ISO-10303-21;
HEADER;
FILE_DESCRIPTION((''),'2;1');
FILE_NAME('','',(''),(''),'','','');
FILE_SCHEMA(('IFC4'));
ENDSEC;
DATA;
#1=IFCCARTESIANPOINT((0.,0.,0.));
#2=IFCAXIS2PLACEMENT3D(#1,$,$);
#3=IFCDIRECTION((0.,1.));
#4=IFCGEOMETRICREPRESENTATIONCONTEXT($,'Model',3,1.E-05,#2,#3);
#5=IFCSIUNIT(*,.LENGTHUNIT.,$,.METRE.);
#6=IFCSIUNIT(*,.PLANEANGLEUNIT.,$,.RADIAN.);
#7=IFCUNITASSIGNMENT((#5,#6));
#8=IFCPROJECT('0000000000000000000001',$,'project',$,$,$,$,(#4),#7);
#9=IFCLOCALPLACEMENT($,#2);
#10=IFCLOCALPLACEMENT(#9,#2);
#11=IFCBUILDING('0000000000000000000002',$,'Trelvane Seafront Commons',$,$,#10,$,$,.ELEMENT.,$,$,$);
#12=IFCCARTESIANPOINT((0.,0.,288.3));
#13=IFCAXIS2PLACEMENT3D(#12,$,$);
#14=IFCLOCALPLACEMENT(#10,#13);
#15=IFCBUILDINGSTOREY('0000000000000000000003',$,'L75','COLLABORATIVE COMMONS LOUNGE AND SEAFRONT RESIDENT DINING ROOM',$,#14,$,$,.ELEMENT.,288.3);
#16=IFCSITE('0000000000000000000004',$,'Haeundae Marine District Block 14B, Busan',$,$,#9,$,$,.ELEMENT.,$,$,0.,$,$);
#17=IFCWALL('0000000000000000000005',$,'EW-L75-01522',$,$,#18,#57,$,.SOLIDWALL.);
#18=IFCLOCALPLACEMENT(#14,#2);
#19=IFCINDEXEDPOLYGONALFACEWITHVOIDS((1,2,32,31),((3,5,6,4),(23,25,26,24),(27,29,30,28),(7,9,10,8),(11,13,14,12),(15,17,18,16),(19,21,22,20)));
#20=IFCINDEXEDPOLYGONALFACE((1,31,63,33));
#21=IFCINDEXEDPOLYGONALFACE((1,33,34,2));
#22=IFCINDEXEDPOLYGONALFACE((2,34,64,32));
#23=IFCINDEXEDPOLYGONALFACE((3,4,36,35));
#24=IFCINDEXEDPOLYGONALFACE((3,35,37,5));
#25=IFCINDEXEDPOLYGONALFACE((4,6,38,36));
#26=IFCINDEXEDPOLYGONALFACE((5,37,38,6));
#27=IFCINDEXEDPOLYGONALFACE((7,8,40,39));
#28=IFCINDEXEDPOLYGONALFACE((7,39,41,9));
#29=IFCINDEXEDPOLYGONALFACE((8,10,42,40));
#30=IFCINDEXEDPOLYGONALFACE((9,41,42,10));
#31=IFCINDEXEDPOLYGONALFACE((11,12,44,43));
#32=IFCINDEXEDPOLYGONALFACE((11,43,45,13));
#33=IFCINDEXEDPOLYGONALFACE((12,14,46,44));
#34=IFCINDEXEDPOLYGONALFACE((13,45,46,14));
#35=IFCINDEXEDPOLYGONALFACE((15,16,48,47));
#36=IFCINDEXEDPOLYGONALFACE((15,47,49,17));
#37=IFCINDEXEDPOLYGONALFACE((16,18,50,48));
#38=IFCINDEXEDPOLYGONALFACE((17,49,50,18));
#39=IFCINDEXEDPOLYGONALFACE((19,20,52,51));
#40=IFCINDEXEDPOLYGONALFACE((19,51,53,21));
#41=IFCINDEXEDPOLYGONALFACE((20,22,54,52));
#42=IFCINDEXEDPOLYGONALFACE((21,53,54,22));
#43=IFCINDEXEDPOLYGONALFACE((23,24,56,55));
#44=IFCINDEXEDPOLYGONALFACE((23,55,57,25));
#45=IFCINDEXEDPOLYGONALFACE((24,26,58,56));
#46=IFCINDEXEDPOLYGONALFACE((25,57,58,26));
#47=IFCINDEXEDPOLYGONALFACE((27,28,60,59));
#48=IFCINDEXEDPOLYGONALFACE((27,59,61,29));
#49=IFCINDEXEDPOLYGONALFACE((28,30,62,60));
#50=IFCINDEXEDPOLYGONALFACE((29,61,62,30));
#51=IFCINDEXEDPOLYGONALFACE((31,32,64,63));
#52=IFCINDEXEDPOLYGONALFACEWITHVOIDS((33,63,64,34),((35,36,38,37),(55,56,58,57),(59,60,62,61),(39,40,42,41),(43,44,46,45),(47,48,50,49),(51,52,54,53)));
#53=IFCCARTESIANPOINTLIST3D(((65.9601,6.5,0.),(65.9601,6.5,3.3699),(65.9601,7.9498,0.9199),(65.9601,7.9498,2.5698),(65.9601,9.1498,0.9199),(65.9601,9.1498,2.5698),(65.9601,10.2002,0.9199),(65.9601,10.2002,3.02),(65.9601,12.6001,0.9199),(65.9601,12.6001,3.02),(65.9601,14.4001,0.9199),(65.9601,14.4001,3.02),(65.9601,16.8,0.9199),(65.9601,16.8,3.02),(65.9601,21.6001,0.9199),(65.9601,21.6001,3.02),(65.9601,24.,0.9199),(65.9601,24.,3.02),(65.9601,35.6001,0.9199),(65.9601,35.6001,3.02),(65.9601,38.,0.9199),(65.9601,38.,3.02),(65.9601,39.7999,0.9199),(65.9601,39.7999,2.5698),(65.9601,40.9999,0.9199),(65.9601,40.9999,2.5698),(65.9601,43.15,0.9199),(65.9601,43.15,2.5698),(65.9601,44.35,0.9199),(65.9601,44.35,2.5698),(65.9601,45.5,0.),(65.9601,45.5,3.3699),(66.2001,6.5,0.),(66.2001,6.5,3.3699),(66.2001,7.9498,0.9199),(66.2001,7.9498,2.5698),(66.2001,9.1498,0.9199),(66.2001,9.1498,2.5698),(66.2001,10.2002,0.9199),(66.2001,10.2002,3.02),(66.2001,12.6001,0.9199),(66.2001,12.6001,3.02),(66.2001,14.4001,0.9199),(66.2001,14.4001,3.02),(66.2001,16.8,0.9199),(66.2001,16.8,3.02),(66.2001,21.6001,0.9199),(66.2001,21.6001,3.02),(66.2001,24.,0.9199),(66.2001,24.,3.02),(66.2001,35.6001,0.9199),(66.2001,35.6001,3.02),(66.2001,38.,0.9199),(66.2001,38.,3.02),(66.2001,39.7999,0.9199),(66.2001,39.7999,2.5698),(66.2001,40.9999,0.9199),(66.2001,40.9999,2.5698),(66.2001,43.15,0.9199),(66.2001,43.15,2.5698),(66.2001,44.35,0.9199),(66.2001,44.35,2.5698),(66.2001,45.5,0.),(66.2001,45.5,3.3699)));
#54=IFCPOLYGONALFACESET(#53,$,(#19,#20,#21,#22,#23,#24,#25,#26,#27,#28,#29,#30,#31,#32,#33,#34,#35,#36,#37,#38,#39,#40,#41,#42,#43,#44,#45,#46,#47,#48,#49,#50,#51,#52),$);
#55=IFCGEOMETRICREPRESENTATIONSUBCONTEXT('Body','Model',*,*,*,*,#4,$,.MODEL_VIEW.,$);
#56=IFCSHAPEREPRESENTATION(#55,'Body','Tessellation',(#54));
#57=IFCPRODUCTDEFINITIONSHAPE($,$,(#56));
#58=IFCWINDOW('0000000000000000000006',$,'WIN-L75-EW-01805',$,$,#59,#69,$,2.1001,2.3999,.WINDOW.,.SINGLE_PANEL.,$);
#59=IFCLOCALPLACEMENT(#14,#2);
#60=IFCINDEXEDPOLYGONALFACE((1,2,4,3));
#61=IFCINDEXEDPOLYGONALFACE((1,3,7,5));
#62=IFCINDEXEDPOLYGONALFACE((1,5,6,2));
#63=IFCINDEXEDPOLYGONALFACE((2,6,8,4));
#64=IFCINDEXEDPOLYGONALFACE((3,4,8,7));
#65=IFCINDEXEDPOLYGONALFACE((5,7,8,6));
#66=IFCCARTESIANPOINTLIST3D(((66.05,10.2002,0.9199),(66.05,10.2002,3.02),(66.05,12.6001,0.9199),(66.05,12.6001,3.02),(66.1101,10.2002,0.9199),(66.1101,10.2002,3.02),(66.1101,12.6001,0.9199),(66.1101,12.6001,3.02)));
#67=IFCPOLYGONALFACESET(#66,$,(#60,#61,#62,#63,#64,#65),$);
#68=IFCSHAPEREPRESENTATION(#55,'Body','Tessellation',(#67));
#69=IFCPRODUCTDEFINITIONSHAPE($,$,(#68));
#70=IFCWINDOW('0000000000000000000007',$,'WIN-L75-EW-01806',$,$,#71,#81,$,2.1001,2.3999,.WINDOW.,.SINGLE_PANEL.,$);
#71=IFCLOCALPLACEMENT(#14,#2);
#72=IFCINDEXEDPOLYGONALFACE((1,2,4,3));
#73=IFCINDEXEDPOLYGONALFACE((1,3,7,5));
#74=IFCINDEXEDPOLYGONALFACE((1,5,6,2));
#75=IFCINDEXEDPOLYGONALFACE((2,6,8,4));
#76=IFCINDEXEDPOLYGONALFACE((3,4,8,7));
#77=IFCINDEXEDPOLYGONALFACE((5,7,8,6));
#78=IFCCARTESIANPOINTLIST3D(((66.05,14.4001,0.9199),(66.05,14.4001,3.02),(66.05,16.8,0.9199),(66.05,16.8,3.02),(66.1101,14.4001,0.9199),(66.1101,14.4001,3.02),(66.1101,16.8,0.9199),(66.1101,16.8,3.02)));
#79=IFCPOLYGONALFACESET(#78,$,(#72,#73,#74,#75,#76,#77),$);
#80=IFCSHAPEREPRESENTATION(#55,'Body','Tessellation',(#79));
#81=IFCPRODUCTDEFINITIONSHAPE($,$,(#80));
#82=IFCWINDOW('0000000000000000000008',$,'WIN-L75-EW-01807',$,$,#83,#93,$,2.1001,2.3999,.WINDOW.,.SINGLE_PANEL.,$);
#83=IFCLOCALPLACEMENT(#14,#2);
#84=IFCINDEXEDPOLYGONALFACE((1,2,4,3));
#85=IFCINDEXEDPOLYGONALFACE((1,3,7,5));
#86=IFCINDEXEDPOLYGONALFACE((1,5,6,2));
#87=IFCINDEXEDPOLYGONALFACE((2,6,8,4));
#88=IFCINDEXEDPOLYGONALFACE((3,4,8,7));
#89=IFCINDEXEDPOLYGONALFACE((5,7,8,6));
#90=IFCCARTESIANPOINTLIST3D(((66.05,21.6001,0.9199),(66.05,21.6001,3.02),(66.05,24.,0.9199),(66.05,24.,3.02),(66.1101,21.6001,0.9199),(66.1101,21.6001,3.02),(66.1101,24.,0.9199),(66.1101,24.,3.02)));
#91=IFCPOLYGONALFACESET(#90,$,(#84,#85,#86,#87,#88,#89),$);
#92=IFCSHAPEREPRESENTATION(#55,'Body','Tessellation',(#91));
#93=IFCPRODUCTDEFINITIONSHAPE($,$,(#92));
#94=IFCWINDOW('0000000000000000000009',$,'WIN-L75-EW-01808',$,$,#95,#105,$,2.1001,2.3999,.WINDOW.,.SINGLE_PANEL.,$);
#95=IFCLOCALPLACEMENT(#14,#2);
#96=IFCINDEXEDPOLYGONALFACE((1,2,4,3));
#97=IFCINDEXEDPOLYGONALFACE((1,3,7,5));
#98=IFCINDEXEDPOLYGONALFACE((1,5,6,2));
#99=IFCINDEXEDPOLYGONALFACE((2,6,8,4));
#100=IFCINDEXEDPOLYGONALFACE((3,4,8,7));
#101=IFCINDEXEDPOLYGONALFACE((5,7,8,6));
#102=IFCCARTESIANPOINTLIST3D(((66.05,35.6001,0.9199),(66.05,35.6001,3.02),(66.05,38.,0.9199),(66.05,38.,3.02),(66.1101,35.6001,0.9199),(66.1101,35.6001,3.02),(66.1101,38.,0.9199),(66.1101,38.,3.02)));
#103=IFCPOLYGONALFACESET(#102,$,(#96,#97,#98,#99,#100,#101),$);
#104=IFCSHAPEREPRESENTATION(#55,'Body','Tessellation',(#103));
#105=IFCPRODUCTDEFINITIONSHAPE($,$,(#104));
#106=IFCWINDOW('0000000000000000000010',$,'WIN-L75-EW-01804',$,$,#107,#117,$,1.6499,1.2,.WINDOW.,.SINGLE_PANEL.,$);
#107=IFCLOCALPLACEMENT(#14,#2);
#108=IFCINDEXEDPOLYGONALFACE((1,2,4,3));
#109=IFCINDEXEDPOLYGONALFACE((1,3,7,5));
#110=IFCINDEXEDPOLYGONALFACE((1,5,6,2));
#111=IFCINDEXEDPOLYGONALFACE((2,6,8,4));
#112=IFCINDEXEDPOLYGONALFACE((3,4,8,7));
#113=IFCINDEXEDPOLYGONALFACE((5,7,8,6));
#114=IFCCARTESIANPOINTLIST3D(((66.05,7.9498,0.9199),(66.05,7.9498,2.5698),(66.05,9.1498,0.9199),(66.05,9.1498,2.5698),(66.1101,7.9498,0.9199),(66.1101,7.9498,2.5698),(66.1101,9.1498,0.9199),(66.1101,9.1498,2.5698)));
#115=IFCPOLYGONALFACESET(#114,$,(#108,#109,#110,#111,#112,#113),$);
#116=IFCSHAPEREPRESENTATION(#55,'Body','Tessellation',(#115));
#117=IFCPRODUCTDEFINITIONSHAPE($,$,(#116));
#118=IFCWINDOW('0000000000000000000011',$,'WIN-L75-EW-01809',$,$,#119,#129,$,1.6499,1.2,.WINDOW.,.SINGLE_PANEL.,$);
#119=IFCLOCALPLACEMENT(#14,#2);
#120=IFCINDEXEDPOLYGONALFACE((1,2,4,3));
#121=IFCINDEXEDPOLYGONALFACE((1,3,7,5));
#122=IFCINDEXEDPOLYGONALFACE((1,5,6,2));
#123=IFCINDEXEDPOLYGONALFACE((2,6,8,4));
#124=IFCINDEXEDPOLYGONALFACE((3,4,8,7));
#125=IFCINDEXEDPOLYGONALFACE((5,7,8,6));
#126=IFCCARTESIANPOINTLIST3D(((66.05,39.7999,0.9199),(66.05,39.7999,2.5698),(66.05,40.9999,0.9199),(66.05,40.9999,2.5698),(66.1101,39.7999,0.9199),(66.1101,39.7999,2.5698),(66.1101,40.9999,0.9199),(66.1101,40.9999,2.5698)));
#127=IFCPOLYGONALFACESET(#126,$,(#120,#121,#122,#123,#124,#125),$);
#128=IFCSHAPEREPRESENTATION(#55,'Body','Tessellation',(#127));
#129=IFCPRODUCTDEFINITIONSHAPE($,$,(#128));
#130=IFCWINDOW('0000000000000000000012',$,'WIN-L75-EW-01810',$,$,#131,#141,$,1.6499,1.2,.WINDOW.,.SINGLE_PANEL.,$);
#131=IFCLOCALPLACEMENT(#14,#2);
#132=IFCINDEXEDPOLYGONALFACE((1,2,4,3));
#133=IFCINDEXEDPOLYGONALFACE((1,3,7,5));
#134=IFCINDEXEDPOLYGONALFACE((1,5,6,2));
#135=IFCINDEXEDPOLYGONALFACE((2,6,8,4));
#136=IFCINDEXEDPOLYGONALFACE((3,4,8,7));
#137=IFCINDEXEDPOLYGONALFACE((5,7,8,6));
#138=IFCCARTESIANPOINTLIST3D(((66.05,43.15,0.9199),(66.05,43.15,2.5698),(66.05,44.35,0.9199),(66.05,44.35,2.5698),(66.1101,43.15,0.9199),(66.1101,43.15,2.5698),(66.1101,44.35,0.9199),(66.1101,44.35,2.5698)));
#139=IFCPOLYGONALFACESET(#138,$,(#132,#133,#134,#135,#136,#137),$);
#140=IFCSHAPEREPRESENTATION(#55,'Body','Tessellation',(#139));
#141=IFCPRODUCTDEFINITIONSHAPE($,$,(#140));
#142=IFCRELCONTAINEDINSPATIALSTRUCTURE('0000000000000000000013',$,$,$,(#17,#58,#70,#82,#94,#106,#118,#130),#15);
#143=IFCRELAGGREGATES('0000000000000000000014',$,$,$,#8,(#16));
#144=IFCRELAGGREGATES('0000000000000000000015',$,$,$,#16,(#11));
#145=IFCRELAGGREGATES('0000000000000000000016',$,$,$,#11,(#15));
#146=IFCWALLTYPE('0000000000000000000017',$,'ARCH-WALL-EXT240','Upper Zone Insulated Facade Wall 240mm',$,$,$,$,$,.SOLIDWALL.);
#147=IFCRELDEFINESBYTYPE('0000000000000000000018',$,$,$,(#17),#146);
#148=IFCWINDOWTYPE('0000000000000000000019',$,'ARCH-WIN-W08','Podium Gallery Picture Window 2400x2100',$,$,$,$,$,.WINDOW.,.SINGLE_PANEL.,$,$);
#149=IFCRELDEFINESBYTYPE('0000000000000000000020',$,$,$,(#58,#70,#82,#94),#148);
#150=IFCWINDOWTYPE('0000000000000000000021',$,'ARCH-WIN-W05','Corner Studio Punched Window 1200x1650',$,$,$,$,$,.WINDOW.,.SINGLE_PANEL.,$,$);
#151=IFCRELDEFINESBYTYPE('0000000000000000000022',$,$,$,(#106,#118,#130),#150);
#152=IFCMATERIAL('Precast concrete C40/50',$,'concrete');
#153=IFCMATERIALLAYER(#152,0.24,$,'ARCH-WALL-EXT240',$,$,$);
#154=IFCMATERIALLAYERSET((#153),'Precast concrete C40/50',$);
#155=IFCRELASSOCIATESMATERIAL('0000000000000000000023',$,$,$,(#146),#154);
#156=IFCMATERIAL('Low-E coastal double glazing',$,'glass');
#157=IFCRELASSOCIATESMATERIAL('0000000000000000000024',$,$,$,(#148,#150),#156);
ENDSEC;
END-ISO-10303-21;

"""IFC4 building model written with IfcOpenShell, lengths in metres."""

from ifc_helpers import new_model, si_unit, direction, frame, frame_2d, origin, place, context, subcontext, project, spatial, rectangle, extrude, source, transform, mapped, material, layer, layer_set, type_object, element, fill, save


model = new_model("IFC4")

# Units and contexts
model_context = context("Model", 3, precision=1e-05, world=origin(), true_north=direction((0.0, 1.0)))
body_context = subcontext(model_context, "Body", "Model", "MODEL_VIEW")
ifc_project = project(units=[si_unit("LENGTHUNIT", "METRE"), si_unit("PLANEANGLEUNIT", "RADIAN")], contexts=[model_context])

# Site, building, storey
site_placement = place(None, origin())
site = spatial("IfcSite", under=ifc_project, at=site_placement, Name="Haeundae Marine District Block 14B, Busan", CompositionType="ELEMENT", RefElevation=0.0)
building_placement = place(site_placement, origin())
building = spatial("IfcBuilding", under=site, at=building_placement, Name="Trelvane Seafront Commons", CompositionType="ELEMENT")
storey_placement = place(building_placement, frame((0.0, 0.0, 288.3)))
storey = spatial("IfcBuildingStorey", under=building, at=storey_placement, Name="L75", Description="COLLABORATIVE COMMONS LOUNGE AND SEAFRONT RESIDENT DINING ROOM", CompositionType="ELEMENT", Elevation=288.3)

# Shared definitions
ifc_material_1 = material(Name="Low-E coastal double glazing", Category="glass")

# Shared definitions
ifc_material_2 = material(Name="Precast concrete C40/50", Category="concrete")
ifc_layer_1 = layer(ifc_material_2, 0.24, Name="ARCH-WALL-EXT240")
ifc_layer_set_1 = layer_set([ifc_layer_1], Name="Precast concrete C40/50")
wall_type_1 = type_object("IfcWallType", Name="ARCH-WALL-EXT240", Description="Upper Zone Insulated Facade Wall 240mm", PredefinedType="SOLIDWALL", material=ifc_layer_set_1)

# Wall, openings, windows
wall_1_placement = place(storey_placement, frame((66.0801, 45.5, 0.0), z_axis=(0.0, 0.0, 1.0), x_axis=(0.0, -1.0, 0.0)))
wall_1 = element("IfcWall", 1, at=wall_1_placement, inside=storey, type_object=wall_type_1, Name="EW-L75-01522", PredefinedType="SOLIDWALL", context=body_context, shape_type="SweptSolid", body=[
    extrude(rectangle(XDim=39.0, YDim=0.24, at=frame_2d((19.5, 0.0))), origin(), (0.0, 0.0, 1.0), 3.3699),
])
opening_1_placement = place(wall_1_placement, frame((36.3501, 0.0, 0.9199)))
opening_1 = element("IfcOpeningElement", 2, at=opening_1_placement, cuts=wall_1, PredefinedType="OPENING", context=body_context, shape_type="SweptSolid", body=[
    extrude(rectangle(XDim=1.2, YDim=1.6499, at=frame_2d((0.6001, 0.825))), frame((0.0, 0.1299, 0.0), z_axis=(0.0, -1.0, 0.0), x_axis=(1.0, 0.0, 0.0)), (0.0, 0.0, 1.0), 0.26),
])
opening_2_placement = place(wall_1_placement, frame((32.8999, 0.0, 0.9199)))
opening_2 = element("IfcOpeningElement", 3, at=opening_2_placement, cuts=wall_1, PredefinedType="OPENING", context=body_context, shape_type="SweptSolid", body=[
    extrude(rectangle(XDim=2.3999, YDim=2.1001, at=frame_2d((1.2, 1.05))), frame((0.0, 0.1299, 0.0), z_axis=(0.0, -1.0, 0.0), x_axis=(1.0, 0.0, 0.0)), (0.0, 0.0, 1.0), 0.26),
])
opening_3_placement = place(wall_1_placement, frame((28.7, 0.0, 0.9199)))
opening_3 = element("IfcOpeningElement", 4, at=opening_3_placement, cuts=wall_1, PredefinedType="OPENING", context=body_context, shape_type="SweptSolid", body=[
    extrude(rectangle(XDim=2.3999, YDim=2.1001, at=frame_2d((1.2, 1.05))), frame((0.0, 0.1299, 0.0), z_axis=(0.0, -1.0, 0.0), x_axis=(1.0, 0.0, 0.0)), (0.0, 0.0, 1.0), 0.26),
])
opening_4_placement = place(wall_1_placement, frame((21.5, 0.0, 0.9199)))
opening_4 = element("IfcOpeningElement", 5, at=opening_4_placement, cuts=wall_1, PredefinedType="OPENING", context=body_context, shape_type="SweptSolid", body=[
    extrude(rectangle(XDim=2.3999, YDim=2.1001, at=frame_2d((1.2, 1.05))), frame((0.0, 0.1299, 0.0), z_axis=(0.0, -1.0, 0.0), x_axis=(1.0, 0.0, 0.0)), (0.0, 0.0, 1.0), 0.26),
])
opening_5_placement = place(wall_1_placement, frame((7.5, 0.0, 0.9199)))
opening_5 = element("IfcOpeningElement", 6, at=opening_5_placement, cuts=wall_1, PredefinedType="OPENING", context=body_context, shape_type="SweptSolid", body=[
    extrude(rectangle(XDim=2.3999, YDim=2.1001, at=frame_2d((1.2, 1.05))), frame((0.0, 0.1299, 0.0), z_axis=(0.0, -1.0, 0.0), x_axis=(1.0, 0.0, 0.0)), (0.0, 0.0, 1.0), 0.26),
])
opening_6_placement = place(wall_1_placement, frame((4.5, 0.0, 0.9199)))
opening_6 = element("IfcOpeningElement", 7, at=opening_6_placement, cuts=wall_1, PredefinedType="OPENING", context=body_context, shape_type="SweptSolid", body=[
    extrude(rectangle(XDim=1.2, YDim=1.6499, at=frame_2d((0.6001, 0.825))), frame((0.0, 0.1299, 0.0), z_axis=(0.0, -1.0, 0.0), x_axis=(1.0, 0.0, 0.0)), (0.0, 0.0, 1.0), 0.26),
])
opening_7_placement = place(wall_1_placement, frame((1.1499, 0.0, 0.9199)))
opening_7 = element("IfcOpeningElement", 8, at=opening_7_placement, cuts=wall_1, PredefinedType="OPENING", context=body_context, shape_type="SweptSolid", body=[
    extrude(rectangle(XDim=1.2, YDim=1.6499, at=frame_2d((0.6001, 0.825))), frame((0.0, 0.1299, 0.0), z_axis=(0.0, -1.0, 0.0), x_axis=(1.0, 0.0, 0.0)), (0.0, 0.0, 1.0), 0.26),
])
window_type_1 = type_object("IfcWindowType", Name="ARCH-WIN-W08", Description="Podium Gallery Picture Window 2400x2100", PartitioningType="SINGLE_PANEL", PredefinedType="WINDOW", material=ifc_material_1)
shared_shape_1 = source(origin(), body_context, "Body", "SweptSolid", [
    extrude(rectangle(XDim=2.3999, YDim=2.1001, at=frame_2d((1.2, 1.05))), frame((0.0, 0.03, 0.0), z_axis=(0.0, -1.0, 0.0), x_axis=(1.0, 0.0, 0.0)), (0.0, 0.0, 1.0), 0.0601),
])
window_1_placement = place(opening_2_placement, origin())
window_1 = element("IfcWindow", 9, at=window_1_placement, inside=storey, type_object=window_type_1, Name="WIN-L75-EW-01805", OverallHeight=2.1001, OverallWidth=2.3999, PartitioningType="SINGLE_PANEL", PredefinedType="WINDOW", context=body_context, shape_type="MappedRepresentation", body=[
    mapped(shared_shape_1, transform((0.0, 0.0, 0.0), x_axis=(1.0, 0.0, 0.0), y_axis=(0.0, 1.0, 0.0), z_axis=(0.0, 0.0, 1.0), scale=1.0)),
])
fill(opening_2, window_1)
window_2_placement = place(opening_3_placement, origin())
window_2 = element("IfcWindow", 10, at=window_2_placement, inside=storey, type_object=window_type_1, Name="WIN-L75-EW-01806", OverallHeight=2.1001, OverallWidth=2.3999, PartitioningType="SINGLE_PANEL", PredefinedType="WINDOW", context=body_context, shape_type="MappedRepresentation", body=[
    mapped(shared_shape_1, transform((0.0, 0.0, 0.0), x_axis=(1.0, 0.0, 0.0), y_axis=(0.0, 1.0, 0.0), z_axis=(0.0, 0.0, 1.0), scale=1.0)),
])
fill(opening_3, window_2)
window_3_placement = place(opening_4_placement, origin())
window_3 = element("IfcWindow", 11, at=window_3_placement, inside=storey, type_object=window_type_1, Name="WIN-L75-EW-01807", OverallHeight=2.1001, OverallWidth=2.3999, PartitioningType="SINGLE_PANEL", PredefinedType="WINDOW", context=body_context, shape_type="MappedRepresentation", body=[
    mapped(shared_shape_1, transform((0.0, 0.0, 0.0), x_axis=(1.0, 0.0, 0.0), y_axis=(0.0, 1.0, 0.0), z_axis=(0.0, 0.0, 1.0), scale=1.0)),
])
fill(opening_4, window_3)
window_4_placement = place(opening_5_placement, origin())
window_4 = element("IfcWindow", 12, at=window_4_placement, inside=storey, type_object=window_type_1, Name="WIN-L75-EW-01808", OverallHeight=2.1001, OverallWidth=2.3999, PartitioningType="SINGLE_PANEL", PredefinedType="WINDOW", context=body_context, shape_type="MappedRepresentation", body=[
    mapped(shared_shape_1, transform((0.0, 0.0, 0.0), x_axis=(1.0, 0.0, 0.0), y_axis=(0.0, 1.0, 0.0), z_axis=(0.0, 0.0, 1.0), scale=1.0)),
])
fill(opening_5, window_4)
window_type_2 = type_object("IfcWindowType", Name="ARCH-WIN-W05", Description="Corner Studio Punched Window 1200x1650", PartitioningType="SINGLE_PANEL", PredefinedType="WINDOW", material=ifc_material_1)
shared_shape_2 = source(origin(), body_context, "Body", "SweptSolid", [
    extrude(rectangle(XDim=1.2, YDim=1.6499, at=frame_2d((0.6001, 0.825))), frame((0.0, 0.03, 0.0), z_axis=(0.0, -1.0, 0.0), x_axis=(1.0, 0.0, 0.0)), (0.0, 0.0, 1.0), 0.0601),
])
window_5_placement = place(opening_1_placement, origin())
window_5 = element("IfcWindow", 13, at=window_5_placement, inside=storey, type_object=window_type_2, Name="WIN-L75-EW-01804", OverallHeight=1.6499, OverallWidth=1.2, PartitioningType="SINGLE_PANEL", PredefinedType="WINDOW", context=body_context, shape_type="MappedRepresentation", body=[
    mapped(shared_shape_2, transform((0.0, 0.0, 0.0), x_axis=(1.0, 0.0, 0.0), y_axis=(0.0, 1.0, 0.0), z_axis=(0.0, 0.0, 1.0), scale=1.0)),
])
fill(opening_1, window_5)
window_6_placement = place(opening_6_placement, origin())
window_6 = element("IfcWindow", 14, at=window_6_placement, inside=storey, type_object=window_type_2, Name="WIN-L75-EW-01809", OverallHeight=1.6499, OverallWidth=1.2, PartitioningType="SINGLE_PANEL", PredefinedType="WINDOW", context=body_context, shape_type="MappedRepresentation", body=[
    mapped(shared_shape_2, transform((0.0, 0.0, 0.0), x_axis=(1.0, 0.0, 0.0), y_axis=(0.0, 1.0, 0.0), z_axis=(0.0, 0.0, 1.0), scale=1.0)),
])
fill(opening_6, window_6)
window_7_placement = place(opening_7_placement, origin())
window_7 = element("IfcWindow", 15, at=window_7_placement, inside=storey, type_object=window_type_2, Name="WIN-L75-EW-01810", OverallHeight=1.6499, OverallWidth=1.2, PartitioningType="SINGLE_PANEL", PredefinedType="WINDOW", context=body_context, shape_type="MappedRepresentation", body=[
    mapped(shared_shape_2, transform((0.0, 0.0, 0.0), x_axis=(1.0, 0.0, 0.0), y_axis=(0.0, 1.0, 0.0), z_axis=(0.0, 0.0, 1.0), scale=1.0)),
])
fill(opening_7, window_7)

save(model, "model.ifc")
